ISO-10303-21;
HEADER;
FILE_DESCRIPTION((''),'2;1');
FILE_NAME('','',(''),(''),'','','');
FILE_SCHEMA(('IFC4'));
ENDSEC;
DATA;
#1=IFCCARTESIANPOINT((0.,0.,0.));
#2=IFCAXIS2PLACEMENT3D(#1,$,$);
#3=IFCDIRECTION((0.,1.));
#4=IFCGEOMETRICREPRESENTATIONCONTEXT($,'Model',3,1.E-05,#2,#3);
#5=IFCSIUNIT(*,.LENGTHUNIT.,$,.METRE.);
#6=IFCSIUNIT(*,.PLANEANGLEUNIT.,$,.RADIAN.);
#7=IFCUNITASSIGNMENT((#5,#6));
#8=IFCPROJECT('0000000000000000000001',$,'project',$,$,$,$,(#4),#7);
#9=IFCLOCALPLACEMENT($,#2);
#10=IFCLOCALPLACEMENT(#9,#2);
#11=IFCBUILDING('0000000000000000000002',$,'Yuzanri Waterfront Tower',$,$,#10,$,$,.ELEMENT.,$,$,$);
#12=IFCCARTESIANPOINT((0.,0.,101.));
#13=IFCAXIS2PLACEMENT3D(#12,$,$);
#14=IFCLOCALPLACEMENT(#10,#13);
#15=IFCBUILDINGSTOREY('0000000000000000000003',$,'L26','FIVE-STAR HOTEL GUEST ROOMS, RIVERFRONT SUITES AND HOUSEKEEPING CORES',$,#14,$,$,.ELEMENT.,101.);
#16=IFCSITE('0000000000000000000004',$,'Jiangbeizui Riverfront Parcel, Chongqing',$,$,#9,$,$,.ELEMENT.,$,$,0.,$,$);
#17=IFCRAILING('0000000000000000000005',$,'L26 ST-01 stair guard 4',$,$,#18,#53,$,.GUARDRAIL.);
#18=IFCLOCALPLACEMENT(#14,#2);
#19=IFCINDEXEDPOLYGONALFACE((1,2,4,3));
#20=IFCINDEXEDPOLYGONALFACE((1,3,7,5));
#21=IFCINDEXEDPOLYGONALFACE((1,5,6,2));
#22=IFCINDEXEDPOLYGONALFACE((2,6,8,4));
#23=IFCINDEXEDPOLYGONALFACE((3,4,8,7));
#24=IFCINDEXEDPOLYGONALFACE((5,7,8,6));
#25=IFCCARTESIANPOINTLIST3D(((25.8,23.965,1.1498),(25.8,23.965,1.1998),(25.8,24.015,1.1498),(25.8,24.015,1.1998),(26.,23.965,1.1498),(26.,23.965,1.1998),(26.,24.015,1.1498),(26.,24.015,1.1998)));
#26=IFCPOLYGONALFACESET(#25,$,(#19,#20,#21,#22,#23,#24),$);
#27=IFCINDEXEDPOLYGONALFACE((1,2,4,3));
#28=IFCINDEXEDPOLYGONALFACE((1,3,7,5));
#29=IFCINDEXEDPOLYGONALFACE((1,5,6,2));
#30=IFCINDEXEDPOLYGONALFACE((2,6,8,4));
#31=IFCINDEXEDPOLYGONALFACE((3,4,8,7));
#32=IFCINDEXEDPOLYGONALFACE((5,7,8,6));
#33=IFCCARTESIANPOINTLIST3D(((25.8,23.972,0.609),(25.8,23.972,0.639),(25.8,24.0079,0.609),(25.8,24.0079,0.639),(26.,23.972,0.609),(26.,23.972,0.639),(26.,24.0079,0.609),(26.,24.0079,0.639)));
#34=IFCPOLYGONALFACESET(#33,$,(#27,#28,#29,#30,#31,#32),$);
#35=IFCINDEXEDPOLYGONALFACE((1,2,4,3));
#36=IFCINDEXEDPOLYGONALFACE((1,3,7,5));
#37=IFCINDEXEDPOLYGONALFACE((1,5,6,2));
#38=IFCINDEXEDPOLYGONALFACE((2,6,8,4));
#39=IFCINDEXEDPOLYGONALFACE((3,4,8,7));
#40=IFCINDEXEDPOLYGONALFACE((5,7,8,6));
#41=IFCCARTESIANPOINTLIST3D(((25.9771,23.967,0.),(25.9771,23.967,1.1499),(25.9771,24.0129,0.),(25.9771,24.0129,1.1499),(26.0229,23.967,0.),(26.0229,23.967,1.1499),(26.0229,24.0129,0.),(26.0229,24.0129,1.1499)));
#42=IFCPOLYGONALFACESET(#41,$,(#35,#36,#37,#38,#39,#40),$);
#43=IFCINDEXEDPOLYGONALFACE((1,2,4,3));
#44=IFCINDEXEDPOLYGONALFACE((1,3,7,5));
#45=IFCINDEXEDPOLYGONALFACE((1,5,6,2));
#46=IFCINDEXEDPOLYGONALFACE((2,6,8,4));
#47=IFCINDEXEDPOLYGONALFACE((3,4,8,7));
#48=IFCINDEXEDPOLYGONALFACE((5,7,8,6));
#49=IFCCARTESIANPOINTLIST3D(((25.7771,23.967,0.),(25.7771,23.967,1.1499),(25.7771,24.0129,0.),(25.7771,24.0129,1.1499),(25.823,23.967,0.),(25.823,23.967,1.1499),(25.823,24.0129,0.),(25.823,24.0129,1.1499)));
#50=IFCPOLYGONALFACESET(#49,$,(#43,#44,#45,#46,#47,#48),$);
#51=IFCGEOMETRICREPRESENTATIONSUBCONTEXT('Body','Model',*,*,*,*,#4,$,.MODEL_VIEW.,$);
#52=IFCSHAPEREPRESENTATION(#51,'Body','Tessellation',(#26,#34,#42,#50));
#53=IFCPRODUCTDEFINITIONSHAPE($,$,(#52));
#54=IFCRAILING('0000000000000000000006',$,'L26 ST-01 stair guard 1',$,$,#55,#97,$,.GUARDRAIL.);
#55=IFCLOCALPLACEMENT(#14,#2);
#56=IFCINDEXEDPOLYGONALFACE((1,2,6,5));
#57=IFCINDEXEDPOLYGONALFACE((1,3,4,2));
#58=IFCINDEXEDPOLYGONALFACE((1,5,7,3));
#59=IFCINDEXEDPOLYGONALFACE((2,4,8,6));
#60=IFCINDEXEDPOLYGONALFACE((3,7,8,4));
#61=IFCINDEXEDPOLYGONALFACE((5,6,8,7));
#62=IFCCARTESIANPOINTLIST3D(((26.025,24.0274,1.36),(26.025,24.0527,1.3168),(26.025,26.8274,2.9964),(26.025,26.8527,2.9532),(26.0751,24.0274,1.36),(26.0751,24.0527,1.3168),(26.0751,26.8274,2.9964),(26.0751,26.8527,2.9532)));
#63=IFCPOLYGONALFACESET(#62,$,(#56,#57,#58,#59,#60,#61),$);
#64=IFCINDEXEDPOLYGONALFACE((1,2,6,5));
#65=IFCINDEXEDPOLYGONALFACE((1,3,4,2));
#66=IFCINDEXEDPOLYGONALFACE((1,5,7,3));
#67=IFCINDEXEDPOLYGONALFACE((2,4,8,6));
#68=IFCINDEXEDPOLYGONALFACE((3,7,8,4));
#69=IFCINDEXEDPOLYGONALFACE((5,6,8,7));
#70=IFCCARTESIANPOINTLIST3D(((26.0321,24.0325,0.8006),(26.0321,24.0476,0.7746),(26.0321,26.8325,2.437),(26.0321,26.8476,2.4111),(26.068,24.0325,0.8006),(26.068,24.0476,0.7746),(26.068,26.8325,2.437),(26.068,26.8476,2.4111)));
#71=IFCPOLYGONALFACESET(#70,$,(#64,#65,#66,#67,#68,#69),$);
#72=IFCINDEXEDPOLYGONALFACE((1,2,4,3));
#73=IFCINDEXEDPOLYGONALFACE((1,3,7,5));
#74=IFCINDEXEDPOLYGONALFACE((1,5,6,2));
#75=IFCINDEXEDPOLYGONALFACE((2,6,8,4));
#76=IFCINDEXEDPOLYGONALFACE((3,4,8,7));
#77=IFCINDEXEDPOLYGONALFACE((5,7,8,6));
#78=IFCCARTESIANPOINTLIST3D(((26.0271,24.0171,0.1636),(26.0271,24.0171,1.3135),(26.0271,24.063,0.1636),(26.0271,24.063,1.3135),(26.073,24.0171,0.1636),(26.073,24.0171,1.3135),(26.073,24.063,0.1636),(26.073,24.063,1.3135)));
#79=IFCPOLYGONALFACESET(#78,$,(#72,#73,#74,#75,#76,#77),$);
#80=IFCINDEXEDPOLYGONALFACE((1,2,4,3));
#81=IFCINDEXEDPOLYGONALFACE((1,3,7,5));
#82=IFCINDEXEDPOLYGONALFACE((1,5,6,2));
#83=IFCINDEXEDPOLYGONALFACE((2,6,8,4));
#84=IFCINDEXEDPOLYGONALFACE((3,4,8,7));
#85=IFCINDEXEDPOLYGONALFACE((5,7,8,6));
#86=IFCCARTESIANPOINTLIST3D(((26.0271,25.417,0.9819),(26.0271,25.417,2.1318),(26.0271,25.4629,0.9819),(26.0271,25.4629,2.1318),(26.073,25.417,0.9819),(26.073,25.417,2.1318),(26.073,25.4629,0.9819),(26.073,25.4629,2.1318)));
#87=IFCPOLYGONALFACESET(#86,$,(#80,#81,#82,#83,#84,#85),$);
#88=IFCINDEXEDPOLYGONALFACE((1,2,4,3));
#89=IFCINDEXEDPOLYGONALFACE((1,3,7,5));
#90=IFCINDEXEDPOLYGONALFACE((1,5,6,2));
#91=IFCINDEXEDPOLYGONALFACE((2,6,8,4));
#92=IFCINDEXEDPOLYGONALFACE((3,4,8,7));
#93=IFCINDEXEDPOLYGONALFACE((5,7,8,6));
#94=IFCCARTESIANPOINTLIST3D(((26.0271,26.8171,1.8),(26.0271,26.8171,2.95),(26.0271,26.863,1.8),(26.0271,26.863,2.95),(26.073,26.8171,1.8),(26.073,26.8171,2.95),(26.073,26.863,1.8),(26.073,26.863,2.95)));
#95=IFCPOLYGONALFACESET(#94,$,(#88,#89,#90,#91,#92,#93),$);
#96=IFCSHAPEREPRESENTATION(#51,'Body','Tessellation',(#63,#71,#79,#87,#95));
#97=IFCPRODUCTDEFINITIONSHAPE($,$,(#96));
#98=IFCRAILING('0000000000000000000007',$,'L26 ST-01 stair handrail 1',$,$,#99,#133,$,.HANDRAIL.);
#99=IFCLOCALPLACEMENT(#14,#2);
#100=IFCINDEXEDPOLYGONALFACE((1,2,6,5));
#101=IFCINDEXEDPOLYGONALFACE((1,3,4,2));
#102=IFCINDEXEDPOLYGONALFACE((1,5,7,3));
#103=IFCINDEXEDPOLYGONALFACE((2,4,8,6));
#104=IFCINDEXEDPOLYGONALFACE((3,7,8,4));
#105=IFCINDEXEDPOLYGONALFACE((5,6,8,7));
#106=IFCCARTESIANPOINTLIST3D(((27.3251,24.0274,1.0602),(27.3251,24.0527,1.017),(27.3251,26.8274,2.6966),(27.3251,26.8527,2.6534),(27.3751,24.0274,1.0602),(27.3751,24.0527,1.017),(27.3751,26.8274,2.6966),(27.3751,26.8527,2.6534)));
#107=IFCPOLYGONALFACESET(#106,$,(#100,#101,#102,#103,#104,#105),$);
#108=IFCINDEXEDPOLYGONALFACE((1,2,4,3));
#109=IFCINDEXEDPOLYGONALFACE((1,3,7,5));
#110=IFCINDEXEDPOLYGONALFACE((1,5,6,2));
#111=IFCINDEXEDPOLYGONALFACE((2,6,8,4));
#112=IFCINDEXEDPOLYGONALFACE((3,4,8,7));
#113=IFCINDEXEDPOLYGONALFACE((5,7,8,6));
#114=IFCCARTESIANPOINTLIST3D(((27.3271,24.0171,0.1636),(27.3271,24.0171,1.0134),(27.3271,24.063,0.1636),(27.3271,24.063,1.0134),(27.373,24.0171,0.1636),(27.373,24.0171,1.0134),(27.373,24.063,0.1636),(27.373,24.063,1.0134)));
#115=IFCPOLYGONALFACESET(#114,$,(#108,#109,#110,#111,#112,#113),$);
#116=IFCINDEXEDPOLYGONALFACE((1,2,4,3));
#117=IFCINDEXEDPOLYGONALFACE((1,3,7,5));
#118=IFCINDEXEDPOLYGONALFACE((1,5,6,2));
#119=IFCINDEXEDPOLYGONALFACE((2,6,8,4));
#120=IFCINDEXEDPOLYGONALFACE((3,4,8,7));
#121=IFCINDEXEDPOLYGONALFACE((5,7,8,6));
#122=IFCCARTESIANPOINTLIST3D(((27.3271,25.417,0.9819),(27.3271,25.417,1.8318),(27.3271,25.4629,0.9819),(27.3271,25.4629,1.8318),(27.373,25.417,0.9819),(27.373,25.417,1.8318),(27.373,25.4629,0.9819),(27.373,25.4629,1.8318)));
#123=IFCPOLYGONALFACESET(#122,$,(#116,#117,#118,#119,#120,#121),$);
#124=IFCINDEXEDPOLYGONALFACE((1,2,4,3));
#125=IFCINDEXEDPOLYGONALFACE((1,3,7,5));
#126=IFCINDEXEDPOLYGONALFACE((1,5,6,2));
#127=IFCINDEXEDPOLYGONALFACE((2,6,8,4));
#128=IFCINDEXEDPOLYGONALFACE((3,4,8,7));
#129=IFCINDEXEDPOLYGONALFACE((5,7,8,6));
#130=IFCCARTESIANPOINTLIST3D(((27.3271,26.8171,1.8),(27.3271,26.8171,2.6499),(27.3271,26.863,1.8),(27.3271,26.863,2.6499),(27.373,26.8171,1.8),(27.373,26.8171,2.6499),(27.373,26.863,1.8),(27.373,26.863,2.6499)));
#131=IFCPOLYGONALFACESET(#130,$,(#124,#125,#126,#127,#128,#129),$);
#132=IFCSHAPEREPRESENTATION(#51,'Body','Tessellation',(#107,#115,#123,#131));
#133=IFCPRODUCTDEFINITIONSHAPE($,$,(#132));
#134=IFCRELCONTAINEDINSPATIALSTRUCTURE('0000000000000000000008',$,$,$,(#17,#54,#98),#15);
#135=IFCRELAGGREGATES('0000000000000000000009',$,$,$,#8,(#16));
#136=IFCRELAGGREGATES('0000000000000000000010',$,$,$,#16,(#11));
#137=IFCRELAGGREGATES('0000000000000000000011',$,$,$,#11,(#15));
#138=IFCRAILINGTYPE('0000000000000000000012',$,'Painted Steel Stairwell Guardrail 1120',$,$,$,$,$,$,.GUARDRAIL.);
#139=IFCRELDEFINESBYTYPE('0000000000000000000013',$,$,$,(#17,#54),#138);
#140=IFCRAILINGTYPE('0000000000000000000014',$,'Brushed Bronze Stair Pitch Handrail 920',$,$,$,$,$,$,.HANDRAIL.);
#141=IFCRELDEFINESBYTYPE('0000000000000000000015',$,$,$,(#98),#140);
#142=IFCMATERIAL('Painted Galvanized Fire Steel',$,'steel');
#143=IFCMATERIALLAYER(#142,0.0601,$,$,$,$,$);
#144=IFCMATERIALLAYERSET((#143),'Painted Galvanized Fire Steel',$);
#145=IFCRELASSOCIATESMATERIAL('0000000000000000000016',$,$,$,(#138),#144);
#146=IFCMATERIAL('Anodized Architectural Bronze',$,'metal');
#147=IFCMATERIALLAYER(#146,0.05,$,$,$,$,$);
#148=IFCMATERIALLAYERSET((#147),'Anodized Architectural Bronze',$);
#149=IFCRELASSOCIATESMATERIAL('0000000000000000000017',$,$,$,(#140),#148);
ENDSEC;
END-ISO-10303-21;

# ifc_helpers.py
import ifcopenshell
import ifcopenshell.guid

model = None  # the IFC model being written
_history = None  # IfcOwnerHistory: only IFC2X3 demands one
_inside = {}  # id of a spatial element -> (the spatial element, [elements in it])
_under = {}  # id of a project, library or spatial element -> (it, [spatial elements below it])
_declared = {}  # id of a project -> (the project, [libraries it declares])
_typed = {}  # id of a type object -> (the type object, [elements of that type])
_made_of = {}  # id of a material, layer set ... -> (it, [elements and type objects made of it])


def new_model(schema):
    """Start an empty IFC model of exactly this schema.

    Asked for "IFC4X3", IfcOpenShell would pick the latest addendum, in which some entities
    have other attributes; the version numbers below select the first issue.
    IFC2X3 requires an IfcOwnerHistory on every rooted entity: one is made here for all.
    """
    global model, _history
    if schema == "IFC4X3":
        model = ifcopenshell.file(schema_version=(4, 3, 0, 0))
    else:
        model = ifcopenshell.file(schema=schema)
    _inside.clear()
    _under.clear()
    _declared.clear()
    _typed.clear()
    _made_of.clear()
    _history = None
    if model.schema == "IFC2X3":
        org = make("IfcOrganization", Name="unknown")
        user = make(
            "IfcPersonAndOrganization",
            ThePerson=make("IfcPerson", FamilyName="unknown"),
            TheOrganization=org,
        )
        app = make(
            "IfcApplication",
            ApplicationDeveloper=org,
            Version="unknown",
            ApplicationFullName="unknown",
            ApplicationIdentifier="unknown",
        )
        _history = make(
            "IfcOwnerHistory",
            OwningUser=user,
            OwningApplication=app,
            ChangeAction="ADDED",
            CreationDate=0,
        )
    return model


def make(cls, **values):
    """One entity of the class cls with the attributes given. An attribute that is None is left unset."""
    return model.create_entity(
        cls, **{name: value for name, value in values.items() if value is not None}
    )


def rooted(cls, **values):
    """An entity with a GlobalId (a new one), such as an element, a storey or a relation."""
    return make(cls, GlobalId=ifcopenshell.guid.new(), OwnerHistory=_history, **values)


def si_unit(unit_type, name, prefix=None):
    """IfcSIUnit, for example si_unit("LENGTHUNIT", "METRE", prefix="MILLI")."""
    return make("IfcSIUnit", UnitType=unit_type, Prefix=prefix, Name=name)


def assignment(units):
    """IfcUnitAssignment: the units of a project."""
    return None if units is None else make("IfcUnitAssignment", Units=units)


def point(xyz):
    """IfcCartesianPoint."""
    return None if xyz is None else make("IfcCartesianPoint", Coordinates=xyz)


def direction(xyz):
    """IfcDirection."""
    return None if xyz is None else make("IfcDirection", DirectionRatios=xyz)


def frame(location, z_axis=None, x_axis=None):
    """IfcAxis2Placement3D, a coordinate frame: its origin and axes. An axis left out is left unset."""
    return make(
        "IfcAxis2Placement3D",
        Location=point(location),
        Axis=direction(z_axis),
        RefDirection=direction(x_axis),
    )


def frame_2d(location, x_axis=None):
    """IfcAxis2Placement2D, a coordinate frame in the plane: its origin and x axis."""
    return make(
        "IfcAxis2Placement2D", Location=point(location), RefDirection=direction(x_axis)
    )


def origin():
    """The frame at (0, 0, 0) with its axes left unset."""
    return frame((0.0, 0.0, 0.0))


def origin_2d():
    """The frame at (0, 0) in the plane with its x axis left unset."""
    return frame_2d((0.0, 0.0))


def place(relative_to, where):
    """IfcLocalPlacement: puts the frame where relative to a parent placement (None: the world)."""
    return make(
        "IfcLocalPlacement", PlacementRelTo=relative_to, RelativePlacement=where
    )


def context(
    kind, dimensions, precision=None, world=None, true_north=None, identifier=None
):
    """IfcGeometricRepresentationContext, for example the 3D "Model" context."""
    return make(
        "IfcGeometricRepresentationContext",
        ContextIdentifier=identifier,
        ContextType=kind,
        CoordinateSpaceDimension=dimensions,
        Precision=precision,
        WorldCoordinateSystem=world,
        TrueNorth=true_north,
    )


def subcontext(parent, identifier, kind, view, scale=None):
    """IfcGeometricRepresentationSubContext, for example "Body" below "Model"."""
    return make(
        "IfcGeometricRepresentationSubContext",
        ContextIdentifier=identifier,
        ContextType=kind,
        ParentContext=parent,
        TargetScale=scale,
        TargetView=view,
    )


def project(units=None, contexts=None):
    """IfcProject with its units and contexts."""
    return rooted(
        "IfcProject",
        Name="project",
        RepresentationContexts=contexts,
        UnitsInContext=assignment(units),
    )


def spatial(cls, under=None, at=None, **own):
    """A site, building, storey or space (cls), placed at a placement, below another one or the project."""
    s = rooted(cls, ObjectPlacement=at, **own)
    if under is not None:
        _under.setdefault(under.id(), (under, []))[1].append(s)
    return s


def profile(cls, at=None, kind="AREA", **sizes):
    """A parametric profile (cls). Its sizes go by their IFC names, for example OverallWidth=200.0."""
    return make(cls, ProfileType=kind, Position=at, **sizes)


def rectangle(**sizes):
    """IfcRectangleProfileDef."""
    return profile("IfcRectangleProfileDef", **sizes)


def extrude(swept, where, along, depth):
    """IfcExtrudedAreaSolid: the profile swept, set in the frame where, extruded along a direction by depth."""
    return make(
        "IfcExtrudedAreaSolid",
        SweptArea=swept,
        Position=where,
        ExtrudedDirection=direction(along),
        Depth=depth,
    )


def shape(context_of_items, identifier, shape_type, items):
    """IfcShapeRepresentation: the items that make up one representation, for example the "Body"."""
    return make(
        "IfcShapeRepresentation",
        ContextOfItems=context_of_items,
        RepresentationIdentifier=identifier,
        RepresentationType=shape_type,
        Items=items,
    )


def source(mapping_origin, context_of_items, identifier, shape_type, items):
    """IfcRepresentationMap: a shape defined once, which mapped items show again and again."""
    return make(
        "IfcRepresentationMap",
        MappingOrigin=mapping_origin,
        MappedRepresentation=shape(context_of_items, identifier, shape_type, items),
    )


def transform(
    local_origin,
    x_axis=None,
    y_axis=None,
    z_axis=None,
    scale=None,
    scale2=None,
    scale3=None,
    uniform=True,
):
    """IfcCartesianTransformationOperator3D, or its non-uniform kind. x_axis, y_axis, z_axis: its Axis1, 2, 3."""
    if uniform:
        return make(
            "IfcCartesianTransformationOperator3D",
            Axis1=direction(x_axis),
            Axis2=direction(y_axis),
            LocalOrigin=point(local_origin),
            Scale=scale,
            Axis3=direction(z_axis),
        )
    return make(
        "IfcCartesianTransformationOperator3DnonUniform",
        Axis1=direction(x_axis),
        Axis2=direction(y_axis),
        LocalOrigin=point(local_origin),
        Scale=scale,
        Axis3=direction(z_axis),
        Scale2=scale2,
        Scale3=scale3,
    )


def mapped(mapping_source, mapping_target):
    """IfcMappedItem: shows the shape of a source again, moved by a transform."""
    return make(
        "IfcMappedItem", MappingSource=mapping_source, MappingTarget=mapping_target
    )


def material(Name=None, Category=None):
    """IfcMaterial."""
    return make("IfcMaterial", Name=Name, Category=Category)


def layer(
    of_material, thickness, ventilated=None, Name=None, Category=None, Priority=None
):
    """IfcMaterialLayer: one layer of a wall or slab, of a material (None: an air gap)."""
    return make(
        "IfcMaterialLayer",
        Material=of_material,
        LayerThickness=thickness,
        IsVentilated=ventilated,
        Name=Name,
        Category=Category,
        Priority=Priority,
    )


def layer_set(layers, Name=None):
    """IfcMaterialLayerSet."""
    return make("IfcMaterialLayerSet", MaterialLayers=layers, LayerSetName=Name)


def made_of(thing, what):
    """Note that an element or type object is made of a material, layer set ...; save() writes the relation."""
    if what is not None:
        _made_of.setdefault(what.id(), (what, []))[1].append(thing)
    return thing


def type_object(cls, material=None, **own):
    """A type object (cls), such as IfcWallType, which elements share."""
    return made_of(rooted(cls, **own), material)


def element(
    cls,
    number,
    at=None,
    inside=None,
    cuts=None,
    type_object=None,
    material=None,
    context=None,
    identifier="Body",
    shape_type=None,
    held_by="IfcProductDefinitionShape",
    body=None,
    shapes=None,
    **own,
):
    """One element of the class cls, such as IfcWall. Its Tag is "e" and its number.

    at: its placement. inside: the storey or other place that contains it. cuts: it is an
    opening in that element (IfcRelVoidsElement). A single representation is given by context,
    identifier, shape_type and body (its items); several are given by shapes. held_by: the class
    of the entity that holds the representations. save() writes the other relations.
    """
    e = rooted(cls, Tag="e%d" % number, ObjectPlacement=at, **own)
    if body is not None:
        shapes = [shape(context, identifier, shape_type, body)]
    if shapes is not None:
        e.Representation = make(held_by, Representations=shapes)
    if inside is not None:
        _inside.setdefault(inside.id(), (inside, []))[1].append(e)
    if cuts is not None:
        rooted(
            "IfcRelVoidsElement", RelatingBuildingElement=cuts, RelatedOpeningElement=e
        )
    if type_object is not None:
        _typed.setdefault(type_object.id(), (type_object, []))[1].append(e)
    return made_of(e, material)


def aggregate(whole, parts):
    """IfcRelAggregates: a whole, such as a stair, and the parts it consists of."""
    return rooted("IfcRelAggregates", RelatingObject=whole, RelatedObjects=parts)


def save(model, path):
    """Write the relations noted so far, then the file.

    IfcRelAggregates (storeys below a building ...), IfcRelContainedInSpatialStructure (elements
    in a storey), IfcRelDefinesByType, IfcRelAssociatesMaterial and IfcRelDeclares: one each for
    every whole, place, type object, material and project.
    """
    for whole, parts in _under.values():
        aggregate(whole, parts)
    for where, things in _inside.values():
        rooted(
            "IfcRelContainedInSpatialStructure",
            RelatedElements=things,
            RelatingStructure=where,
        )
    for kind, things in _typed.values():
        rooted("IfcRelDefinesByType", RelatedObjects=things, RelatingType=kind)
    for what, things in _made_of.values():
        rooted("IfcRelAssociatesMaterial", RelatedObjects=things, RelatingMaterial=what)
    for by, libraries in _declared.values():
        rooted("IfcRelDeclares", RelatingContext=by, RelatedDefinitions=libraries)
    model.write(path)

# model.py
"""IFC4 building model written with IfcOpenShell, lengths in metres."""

from ifc_helpers import new_model, si_unit, direction, frame, origin, origin_2d, place, context, subcontext, project, spatial, rectangle, extrude, source, transform, mapped, material, layer, layer_set, type_object, element, save


model = new_model("IFC4")

# Units and contexts
model_context = context("Model", 3, precision=1e-05, world=origin(), true_north=direction((0.0, 1.0)))
body_context = subcontext(model_context, "Body", "Model", "MODEL_VIEW")
ifc_project = project(units=[si_unit("LENGTHUNIT", "METRE"), si_unit("PLANEANGLEUNIT", "RADIAN")], contexts=[model_context])

# Site, building, storey
site_placement = place(None, origin())
site = spatial("IfcSite", under=ifc_project, at=site_placement, Name="Jiangbeizui Riverfront Parcel, Chongqing", CompositionType="ELEMENT", RefElevation=0.0)
building_placement = place(site_placement, origin())
building = spatial("IfcBuilding", under=site, at=building_placement, Name="Yuzanri Waterfront Tower", CompositionType="ELEMENT")
storey_placement = place(building_placement, frame((0.0, 0.0, 101.0)))
storey = spatial("IfcBuildingStorey", under=building, at=storey_placement, Name="L26", Description="FIVE-STAR HOTEL GUEST ROOMS, RIVERFRONT SUITES AND HOUSEKEEPING CORES", CompositionType="ELEMENT", Elevation=101.0)

# Railings
ifc_material_1 = material(Name="Painted Galvanized Fire Steel", Category="steel")
ifc_layer_1 = layer(ifc_material_1, 0.0601)
ifc_layer_set_1 = layer_set([ifc_layer_1], Name="Painted Galvanized Fire Steel")
railing_type_1 = type_object("IfcRailingType", Name="Painted Steel Stairwell Guardrail 1120", PredefinedType="GUARDRAIL", material=ifc_layer_set_1)
shared_shape_1 = source(origin(), body_context, "Body", "SweptSolid", [
    extrude(rectangle(XDim=0.05, YDim=0.05, at=origin_2d()), frame((0.0, 0.0, 1.1748), z_axis=(-1.0, 0.0, 0.0), x_axis=(0.0, -1.0, 0.0)), (0.0, 0.0, 1.0), 0.2),
    extrude(rectangle(XDim=0.0359, YDim=0.03, at=origin_2d()), frame((0.0, 0.0, 0.624), z_axis=(-1.0, 0.0, 0.0), x_axis=(0.0, -1.0, 0.0)), (0.0, 0.0, 1.0), 0.2),
    extrude(rectangle(XDim=0.0459, YDim=0.0459, at=origin_2d()), origin(), (0.0, 0.0, 1.0), 1.1499),
    extrude(rectangle(XDim=0.0459, YDim=0.0459, at=origin_2d()), frame((-0.2, 0.0, 0.0)), (0.0, 0.0, 1.0), 1.1499),
])
for number, where, name in (
    (1, (26.0, 23.99, 0.0), "L26 ST-01 stair guard 4"),
):
    element("IfcRailing", number, at=place(storey_placement, frame(where)), inside=storey, type_object=railing_type_1, Name=name, PredefinedType="GUARDRAIL", context=body_context, shape_type="MappedRepresentation", body=[
        mapped(shared_shape_1, transform((0.0, 0.0, 0.0), scale=1.0)),
    ])
shared_shape_2 = source(origin(), body_context, "Body", "SweptSolid", [
    extrude(rectangle(XDim=0.05, YDim=0.05, at=origin_2d()), frame((0.0, 0.0, 1.1748), z_axis=(0.0, 0.863361, 0.504587), x_axis=(-1.0, 0.0, 0.0)), (0.0, 0.0, 1.0), 3.2432),
    extrude(rectangle(XDim=0.0359, YDim=0.03, at=origin_2d()), frame((0.0, 0.0, 0.624), z_axis=(0.0, 0.863361, 0.504587), x_axis=(-1.0, 0.0, 0.0)), (0.0, 0.0, 1.0), 3.2432),
    extrude(rectangle(XDim=0.0459, YDim=0.0459, at=origin_2d()), origin(), (0.0, 0.0, 1.0), 1.1499),
    extrude(rectangle(XDim=0.0459, YDim=0.0459, at=origin_2d()), frame((0.0, 1.3999, 0.8184)), (0.0, 0.0, 1.0), 1.1499),
    extrude(rectangle(XDim=0.0459, YDim=0.0459, at=origin_2d()), frame((0.0, 2.8, 1.6365)), (0.0, 0.0, 1.0), 1.1499),
])
railing_1_placement = place(storey_placement, frame((26.05, 24.04, 0.1636)))
element("IfcRailing", 2, at=railing_1_placement, inside=storey, type_object=railing_type_1, Name="L26 ST-01 stair guard 1", PredefinedType="GUARDRAIL", context=body_context, shape_type="MappedRepresentation", body=[
    mapped(shared_shape_2, transform((0.0, 0.0, 0.0), scale=1.0)),
])
ifc_material_2 = material(Name="Anodized Architectural Bronze", Category="metal")
ifc_layer_2 = layer(ifc_material_2, 0.05)
ifc_layer_set_2 = layer_set([ifc_layer_2], Name="Anodized Architectural Bronze")
railing_type_2 = type_object("IfcRailingType", Name="Brushed Bronze Stair Pitch Handrail 920", PredefinedType="HANDRAIL", material=ifc_layer_set_2)
shared_shape_3 = source(origin(), body_context, "Body", "SweptSolid", [
    extrude(rectangle(XDim=0.05, YDim=0.05, at=origin_2d()), frame((0.0, 0.0, 0.875), z_axis=(0.0, 0.863361, 0.504587), x_axis=(-1.0, 0.0, 0.0)), (0.0, 0.0, 1.0), 3.2432),
    extrude(rectangle(XDim=0.0459, YDim=0.0459, at=origin_2d()), origin(), (0.0, 0.0, 1.0), 0.8499),
    extrude(rectangle(XDim=0.0459, YDim=0.0459, at=origin_2d()), frame((0.0, 1.3999, 0.8184)), (0.0, 0.0, 1.0), 0.8499),
    extrude(rectangle(XDim=0.0459, YDim=0.0459, at=origin_2d()), frame((0.0, 2.8, 1.6365)), (0.0, 0.0, 1.0), 0.8499),
])
railing_2_placement = place(storey_placement, frame((27.3501, 24.04, 0.1636)))
element("IfcRailing", 3, at=railing_2_placement, inside=storey, type_object=railing_type_2, Name="L26 ST-01 stair handrail 1", PredefinedType="HANDRAIL", context=body_context, shape_type="MappedRepresentation", body=[
    mapped(shared_shape_3, transform((0.0, 0.0, 0.0), scale=1.0)),
])

save(model, "model.ifc")
